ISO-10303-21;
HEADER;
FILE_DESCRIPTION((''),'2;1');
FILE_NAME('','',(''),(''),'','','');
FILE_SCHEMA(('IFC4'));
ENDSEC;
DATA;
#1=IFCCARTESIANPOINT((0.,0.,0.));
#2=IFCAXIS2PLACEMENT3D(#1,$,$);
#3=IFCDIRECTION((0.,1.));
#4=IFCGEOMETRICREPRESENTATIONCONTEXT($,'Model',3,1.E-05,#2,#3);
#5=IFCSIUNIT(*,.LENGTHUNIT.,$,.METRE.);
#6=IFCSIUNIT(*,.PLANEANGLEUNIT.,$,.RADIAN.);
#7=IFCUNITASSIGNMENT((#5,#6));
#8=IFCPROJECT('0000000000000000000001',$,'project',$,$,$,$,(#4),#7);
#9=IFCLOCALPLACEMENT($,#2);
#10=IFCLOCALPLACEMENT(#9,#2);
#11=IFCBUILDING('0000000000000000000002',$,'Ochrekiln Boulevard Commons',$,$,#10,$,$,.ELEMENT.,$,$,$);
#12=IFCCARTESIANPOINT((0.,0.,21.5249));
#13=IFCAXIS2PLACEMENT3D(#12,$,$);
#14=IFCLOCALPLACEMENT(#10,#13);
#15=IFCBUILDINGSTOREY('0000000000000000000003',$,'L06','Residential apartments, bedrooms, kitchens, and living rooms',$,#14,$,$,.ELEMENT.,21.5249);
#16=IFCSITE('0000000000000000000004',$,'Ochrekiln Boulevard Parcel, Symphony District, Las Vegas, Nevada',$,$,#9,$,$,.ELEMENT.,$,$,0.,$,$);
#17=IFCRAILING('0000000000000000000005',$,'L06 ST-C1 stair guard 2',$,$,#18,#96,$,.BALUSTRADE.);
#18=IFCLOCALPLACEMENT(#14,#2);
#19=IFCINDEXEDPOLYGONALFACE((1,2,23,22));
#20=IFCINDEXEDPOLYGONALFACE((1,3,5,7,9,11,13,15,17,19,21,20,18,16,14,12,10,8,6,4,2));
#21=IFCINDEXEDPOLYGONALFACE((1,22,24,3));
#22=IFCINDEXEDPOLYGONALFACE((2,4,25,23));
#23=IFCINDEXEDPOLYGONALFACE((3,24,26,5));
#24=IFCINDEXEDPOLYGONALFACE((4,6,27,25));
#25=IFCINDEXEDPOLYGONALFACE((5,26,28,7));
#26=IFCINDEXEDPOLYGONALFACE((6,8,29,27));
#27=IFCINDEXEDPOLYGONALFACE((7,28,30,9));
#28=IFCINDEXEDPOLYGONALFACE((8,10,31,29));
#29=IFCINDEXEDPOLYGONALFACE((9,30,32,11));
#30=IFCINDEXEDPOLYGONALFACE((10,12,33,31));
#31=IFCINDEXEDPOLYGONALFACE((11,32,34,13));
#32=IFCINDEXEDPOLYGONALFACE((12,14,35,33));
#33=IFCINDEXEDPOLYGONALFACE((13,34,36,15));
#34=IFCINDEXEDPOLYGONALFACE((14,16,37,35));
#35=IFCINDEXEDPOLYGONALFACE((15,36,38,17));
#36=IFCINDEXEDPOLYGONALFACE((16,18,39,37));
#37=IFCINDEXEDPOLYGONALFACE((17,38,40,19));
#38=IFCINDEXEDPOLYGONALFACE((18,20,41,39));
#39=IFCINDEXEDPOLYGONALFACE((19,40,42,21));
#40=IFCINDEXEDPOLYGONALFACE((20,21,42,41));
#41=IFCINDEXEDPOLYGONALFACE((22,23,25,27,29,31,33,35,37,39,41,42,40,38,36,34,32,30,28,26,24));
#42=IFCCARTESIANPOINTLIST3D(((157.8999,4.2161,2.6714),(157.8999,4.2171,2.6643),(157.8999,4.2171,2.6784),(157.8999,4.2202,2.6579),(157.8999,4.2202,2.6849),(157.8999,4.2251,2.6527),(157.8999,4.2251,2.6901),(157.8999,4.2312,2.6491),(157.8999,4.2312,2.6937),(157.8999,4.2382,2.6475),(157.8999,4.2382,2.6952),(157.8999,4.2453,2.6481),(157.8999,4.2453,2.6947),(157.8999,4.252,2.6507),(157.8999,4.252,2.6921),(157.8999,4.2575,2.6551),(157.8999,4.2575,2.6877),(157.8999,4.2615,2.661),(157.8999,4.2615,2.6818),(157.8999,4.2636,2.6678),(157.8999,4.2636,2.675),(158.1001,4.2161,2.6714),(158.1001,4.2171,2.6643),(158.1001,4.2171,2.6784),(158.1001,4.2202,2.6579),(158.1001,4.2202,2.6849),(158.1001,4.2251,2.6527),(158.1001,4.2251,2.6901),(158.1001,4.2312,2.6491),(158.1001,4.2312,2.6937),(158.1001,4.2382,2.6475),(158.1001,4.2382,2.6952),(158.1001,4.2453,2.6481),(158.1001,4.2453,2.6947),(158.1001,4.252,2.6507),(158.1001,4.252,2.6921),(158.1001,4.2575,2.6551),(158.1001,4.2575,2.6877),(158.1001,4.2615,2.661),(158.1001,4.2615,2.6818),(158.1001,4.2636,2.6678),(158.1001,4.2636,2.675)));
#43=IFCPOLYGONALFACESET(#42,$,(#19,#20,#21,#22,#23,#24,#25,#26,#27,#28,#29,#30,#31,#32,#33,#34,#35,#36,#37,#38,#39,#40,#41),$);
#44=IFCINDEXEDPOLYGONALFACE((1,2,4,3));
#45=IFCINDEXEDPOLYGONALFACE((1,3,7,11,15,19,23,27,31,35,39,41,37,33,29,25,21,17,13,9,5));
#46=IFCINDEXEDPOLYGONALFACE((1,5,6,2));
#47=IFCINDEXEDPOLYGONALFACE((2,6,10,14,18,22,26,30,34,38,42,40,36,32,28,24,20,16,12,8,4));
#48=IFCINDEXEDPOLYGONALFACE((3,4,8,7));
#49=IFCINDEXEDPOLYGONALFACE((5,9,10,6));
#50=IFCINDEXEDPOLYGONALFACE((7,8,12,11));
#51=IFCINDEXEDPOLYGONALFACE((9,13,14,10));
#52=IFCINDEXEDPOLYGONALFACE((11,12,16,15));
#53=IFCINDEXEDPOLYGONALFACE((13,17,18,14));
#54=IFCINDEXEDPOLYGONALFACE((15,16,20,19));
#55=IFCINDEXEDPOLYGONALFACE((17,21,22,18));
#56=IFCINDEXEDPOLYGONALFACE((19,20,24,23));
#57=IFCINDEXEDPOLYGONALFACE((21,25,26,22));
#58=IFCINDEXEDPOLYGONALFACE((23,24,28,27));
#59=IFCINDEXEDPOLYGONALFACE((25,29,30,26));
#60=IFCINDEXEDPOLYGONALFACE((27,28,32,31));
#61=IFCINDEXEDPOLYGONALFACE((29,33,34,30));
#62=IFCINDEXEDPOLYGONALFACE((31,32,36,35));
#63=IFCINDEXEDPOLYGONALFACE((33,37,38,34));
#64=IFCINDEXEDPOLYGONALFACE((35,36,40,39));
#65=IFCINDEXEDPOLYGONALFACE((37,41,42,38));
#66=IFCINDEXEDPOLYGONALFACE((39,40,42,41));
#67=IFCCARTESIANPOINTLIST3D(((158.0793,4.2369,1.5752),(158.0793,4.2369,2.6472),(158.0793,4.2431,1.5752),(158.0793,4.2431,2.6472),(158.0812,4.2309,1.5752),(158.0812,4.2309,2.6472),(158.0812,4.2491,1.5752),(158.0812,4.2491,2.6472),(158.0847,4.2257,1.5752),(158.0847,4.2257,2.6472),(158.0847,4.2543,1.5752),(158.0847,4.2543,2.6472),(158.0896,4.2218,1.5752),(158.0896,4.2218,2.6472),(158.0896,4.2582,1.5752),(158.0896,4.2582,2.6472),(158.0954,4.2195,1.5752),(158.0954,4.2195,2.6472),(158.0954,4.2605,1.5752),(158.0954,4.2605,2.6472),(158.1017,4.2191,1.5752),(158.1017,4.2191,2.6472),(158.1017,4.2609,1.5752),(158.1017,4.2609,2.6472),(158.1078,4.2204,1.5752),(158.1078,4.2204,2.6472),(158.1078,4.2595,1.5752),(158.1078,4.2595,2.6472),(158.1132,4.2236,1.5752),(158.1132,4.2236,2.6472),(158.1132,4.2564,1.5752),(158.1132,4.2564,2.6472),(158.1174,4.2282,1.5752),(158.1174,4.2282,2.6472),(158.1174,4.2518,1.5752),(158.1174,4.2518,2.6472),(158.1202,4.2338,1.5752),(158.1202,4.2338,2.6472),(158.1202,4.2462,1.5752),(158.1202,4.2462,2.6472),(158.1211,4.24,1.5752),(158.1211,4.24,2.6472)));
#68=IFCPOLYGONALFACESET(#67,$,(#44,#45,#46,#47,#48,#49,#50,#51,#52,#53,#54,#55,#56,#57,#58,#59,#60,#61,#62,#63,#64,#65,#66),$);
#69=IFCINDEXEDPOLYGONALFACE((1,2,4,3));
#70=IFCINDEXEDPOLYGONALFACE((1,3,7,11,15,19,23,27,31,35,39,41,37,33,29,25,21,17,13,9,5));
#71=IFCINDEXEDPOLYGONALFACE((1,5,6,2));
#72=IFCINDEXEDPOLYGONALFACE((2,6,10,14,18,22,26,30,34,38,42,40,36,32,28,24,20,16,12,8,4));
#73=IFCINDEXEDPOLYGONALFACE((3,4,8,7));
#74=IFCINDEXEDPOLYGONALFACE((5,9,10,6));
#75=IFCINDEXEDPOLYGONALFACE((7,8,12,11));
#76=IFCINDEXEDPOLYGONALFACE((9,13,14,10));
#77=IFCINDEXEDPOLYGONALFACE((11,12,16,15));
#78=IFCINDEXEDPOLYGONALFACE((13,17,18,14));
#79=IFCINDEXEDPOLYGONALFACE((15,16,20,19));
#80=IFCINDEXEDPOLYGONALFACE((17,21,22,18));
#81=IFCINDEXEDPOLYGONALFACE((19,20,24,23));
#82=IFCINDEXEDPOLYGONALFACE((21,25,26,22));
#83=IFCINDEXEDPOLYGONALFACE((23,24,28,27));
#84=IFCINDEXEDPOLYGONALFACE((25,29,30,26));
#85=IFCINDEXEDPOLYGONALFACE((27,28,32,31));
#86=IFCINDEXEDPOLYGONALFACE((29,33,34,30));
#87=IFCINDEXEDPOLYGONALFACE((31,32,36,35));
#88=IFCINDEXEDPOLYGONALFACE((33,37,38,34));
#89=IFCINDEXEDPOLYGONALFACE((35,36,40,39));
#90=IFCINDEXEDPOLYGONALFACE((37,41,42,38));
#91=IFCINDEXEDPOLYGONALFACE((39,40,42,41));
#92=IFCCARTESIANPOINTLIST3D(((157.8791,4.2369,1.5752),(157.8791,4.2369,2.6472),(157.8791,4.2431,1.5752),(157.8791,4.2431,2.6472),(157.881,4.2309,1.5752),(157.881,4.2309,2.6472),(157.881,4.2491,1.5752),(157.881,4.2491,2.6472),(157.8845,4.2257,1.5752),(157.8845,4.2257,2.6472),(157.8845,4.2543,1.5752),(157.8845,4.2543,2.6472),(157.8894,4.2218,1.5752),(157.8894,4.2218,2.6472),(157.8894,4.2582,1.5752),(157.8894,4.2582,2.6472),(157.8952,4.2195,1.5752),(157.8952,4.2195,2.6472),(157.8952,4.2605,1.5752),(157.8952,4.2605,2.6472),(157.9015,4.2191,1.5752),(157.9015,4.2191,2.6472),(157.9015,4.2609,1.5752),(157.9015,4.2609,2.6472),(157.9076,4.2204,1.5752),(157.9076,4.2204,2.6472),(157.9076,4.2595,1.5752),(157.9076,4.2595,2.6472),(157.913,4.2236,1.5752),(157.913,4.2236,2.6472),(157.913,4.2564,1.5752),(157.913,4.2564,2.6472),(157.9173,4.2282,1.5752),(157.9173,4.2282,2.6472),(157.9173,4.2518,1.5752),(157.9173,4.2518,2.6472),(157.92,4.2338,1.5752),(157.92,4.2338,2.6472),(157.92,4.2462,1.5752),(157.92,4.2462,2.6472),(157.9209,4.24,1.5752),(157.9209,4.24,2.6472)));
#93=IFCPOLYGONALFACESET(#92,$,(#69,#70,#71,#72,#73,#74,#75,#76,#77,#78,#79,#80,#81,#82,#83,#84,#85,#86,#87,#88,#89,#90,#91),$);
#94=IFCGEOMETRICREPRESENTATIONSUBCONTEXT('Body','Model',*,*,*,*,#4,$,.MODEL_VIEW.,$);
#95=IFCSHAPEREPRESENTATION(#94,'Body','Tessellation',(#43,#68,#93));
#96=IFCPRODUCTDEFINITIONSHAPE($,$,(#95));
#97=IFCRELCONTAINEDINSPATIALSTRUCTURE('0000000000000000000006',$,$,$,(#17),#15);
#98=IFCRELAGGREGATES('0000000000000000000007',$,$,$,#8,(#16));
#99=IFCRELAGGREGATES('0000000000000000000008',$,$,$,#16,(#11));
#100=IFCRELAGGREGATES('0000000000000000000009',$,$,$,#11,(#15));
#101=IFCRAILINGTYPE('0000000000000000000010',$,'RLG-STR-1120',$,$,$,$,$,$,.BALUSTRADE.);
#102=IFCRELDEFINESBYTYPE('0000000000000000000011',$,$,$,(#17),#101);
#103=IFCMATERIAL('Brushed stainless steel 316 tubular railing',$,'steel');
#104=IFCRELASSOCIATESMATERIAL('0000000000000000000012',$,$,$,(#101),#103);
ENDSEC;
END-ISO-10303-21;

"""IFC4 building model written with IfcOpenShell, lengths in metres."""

from ifc_helpers import new_model, si_unit, direction, frame, origin, origin_2d, place, context, subcontext, project, spatial, circle, extrude, material, type_object, element, save


model = new_model("IFC4")

# Units and contexts
model_context = context("Model", 3, precision=1e-05, world=origin(), true_north=direction((0.0, 1.0)))
body_context = subcontext(model_context, "Body", "Model", "MODEL_VIEW")
ifc_project = project(units=[si_unit("LENGTHUNIT", "METRE"), si_unit("PLANEANGLEUNIT", "RADIAN")], contexts=[model_context])

# Site, building, storey
site_placement = place(None, origin())
site = spatial("IfcSite", under=ifc_project, at=site_placement, Name="Ochrekiln Boulevard Parcel, Symphony District, Las Vegas, Nevada", CompositionType="ELEMENT", RefElevation=0.0)
building_placement = place(site_placement, origin())
building = spatial("IfcBuilding", under=site, at=building_placement, Name="Ochrekiln Boulevard Commons", CompositionType="ELEMENT")
storey_placement = place(building_placement, frame((0.0, 0.0, 21.5249)))
storey = spatial("IfcBuildingStorey", under=building, at=storey_placement, Name="L06", Description="Residential apartments, bedrooms, kitchens, and living rooms", CompositionType="ELEMENT", Elevation=21.5249)

# Railing
ifc_material_1 = material(Name="Brushed stainless steel 316 tubular railing", Category="steel")
railing_type_1 = type_object("IfcRailingType", Name="RLG-STR-1120", PredefinedType="BALUSTRADE", material=ifc_material_1)
railing_1_placement = place(storey_placement, frame((158.1001, 4.24, 1.5752)))
element("IfcRailing", 1, at=railing_1_placement, inside=storey, type_object=railing_type_1, Name="L06 ST-C1 stair guard 2", PredefinedType="BALUSTRADE", context=body_context, shape_type="SweptSolid", body=[
    extrude(circle(Radius=0.0239, at=origin_2d()), frame((0.0, 0.0, 1.0962), z_axis=(-1.0, 0.0, 0.0), x_axis=(0.0, -1.0, 0.0)), (0.0, 0.0, 1.0), 0.2002),
    extrude(circle(Radius=0.021, at=origin_2d()), origin(), (0.0, 0.0, 1.0), 1.072),
    extrude(circle(Radius=0.021, at=origin_2d()), frame((-0.2002, 0.0, 0.0)), (0.0, 0.0, 1.0), 1.072),
])

save(model, "model.ifc")
